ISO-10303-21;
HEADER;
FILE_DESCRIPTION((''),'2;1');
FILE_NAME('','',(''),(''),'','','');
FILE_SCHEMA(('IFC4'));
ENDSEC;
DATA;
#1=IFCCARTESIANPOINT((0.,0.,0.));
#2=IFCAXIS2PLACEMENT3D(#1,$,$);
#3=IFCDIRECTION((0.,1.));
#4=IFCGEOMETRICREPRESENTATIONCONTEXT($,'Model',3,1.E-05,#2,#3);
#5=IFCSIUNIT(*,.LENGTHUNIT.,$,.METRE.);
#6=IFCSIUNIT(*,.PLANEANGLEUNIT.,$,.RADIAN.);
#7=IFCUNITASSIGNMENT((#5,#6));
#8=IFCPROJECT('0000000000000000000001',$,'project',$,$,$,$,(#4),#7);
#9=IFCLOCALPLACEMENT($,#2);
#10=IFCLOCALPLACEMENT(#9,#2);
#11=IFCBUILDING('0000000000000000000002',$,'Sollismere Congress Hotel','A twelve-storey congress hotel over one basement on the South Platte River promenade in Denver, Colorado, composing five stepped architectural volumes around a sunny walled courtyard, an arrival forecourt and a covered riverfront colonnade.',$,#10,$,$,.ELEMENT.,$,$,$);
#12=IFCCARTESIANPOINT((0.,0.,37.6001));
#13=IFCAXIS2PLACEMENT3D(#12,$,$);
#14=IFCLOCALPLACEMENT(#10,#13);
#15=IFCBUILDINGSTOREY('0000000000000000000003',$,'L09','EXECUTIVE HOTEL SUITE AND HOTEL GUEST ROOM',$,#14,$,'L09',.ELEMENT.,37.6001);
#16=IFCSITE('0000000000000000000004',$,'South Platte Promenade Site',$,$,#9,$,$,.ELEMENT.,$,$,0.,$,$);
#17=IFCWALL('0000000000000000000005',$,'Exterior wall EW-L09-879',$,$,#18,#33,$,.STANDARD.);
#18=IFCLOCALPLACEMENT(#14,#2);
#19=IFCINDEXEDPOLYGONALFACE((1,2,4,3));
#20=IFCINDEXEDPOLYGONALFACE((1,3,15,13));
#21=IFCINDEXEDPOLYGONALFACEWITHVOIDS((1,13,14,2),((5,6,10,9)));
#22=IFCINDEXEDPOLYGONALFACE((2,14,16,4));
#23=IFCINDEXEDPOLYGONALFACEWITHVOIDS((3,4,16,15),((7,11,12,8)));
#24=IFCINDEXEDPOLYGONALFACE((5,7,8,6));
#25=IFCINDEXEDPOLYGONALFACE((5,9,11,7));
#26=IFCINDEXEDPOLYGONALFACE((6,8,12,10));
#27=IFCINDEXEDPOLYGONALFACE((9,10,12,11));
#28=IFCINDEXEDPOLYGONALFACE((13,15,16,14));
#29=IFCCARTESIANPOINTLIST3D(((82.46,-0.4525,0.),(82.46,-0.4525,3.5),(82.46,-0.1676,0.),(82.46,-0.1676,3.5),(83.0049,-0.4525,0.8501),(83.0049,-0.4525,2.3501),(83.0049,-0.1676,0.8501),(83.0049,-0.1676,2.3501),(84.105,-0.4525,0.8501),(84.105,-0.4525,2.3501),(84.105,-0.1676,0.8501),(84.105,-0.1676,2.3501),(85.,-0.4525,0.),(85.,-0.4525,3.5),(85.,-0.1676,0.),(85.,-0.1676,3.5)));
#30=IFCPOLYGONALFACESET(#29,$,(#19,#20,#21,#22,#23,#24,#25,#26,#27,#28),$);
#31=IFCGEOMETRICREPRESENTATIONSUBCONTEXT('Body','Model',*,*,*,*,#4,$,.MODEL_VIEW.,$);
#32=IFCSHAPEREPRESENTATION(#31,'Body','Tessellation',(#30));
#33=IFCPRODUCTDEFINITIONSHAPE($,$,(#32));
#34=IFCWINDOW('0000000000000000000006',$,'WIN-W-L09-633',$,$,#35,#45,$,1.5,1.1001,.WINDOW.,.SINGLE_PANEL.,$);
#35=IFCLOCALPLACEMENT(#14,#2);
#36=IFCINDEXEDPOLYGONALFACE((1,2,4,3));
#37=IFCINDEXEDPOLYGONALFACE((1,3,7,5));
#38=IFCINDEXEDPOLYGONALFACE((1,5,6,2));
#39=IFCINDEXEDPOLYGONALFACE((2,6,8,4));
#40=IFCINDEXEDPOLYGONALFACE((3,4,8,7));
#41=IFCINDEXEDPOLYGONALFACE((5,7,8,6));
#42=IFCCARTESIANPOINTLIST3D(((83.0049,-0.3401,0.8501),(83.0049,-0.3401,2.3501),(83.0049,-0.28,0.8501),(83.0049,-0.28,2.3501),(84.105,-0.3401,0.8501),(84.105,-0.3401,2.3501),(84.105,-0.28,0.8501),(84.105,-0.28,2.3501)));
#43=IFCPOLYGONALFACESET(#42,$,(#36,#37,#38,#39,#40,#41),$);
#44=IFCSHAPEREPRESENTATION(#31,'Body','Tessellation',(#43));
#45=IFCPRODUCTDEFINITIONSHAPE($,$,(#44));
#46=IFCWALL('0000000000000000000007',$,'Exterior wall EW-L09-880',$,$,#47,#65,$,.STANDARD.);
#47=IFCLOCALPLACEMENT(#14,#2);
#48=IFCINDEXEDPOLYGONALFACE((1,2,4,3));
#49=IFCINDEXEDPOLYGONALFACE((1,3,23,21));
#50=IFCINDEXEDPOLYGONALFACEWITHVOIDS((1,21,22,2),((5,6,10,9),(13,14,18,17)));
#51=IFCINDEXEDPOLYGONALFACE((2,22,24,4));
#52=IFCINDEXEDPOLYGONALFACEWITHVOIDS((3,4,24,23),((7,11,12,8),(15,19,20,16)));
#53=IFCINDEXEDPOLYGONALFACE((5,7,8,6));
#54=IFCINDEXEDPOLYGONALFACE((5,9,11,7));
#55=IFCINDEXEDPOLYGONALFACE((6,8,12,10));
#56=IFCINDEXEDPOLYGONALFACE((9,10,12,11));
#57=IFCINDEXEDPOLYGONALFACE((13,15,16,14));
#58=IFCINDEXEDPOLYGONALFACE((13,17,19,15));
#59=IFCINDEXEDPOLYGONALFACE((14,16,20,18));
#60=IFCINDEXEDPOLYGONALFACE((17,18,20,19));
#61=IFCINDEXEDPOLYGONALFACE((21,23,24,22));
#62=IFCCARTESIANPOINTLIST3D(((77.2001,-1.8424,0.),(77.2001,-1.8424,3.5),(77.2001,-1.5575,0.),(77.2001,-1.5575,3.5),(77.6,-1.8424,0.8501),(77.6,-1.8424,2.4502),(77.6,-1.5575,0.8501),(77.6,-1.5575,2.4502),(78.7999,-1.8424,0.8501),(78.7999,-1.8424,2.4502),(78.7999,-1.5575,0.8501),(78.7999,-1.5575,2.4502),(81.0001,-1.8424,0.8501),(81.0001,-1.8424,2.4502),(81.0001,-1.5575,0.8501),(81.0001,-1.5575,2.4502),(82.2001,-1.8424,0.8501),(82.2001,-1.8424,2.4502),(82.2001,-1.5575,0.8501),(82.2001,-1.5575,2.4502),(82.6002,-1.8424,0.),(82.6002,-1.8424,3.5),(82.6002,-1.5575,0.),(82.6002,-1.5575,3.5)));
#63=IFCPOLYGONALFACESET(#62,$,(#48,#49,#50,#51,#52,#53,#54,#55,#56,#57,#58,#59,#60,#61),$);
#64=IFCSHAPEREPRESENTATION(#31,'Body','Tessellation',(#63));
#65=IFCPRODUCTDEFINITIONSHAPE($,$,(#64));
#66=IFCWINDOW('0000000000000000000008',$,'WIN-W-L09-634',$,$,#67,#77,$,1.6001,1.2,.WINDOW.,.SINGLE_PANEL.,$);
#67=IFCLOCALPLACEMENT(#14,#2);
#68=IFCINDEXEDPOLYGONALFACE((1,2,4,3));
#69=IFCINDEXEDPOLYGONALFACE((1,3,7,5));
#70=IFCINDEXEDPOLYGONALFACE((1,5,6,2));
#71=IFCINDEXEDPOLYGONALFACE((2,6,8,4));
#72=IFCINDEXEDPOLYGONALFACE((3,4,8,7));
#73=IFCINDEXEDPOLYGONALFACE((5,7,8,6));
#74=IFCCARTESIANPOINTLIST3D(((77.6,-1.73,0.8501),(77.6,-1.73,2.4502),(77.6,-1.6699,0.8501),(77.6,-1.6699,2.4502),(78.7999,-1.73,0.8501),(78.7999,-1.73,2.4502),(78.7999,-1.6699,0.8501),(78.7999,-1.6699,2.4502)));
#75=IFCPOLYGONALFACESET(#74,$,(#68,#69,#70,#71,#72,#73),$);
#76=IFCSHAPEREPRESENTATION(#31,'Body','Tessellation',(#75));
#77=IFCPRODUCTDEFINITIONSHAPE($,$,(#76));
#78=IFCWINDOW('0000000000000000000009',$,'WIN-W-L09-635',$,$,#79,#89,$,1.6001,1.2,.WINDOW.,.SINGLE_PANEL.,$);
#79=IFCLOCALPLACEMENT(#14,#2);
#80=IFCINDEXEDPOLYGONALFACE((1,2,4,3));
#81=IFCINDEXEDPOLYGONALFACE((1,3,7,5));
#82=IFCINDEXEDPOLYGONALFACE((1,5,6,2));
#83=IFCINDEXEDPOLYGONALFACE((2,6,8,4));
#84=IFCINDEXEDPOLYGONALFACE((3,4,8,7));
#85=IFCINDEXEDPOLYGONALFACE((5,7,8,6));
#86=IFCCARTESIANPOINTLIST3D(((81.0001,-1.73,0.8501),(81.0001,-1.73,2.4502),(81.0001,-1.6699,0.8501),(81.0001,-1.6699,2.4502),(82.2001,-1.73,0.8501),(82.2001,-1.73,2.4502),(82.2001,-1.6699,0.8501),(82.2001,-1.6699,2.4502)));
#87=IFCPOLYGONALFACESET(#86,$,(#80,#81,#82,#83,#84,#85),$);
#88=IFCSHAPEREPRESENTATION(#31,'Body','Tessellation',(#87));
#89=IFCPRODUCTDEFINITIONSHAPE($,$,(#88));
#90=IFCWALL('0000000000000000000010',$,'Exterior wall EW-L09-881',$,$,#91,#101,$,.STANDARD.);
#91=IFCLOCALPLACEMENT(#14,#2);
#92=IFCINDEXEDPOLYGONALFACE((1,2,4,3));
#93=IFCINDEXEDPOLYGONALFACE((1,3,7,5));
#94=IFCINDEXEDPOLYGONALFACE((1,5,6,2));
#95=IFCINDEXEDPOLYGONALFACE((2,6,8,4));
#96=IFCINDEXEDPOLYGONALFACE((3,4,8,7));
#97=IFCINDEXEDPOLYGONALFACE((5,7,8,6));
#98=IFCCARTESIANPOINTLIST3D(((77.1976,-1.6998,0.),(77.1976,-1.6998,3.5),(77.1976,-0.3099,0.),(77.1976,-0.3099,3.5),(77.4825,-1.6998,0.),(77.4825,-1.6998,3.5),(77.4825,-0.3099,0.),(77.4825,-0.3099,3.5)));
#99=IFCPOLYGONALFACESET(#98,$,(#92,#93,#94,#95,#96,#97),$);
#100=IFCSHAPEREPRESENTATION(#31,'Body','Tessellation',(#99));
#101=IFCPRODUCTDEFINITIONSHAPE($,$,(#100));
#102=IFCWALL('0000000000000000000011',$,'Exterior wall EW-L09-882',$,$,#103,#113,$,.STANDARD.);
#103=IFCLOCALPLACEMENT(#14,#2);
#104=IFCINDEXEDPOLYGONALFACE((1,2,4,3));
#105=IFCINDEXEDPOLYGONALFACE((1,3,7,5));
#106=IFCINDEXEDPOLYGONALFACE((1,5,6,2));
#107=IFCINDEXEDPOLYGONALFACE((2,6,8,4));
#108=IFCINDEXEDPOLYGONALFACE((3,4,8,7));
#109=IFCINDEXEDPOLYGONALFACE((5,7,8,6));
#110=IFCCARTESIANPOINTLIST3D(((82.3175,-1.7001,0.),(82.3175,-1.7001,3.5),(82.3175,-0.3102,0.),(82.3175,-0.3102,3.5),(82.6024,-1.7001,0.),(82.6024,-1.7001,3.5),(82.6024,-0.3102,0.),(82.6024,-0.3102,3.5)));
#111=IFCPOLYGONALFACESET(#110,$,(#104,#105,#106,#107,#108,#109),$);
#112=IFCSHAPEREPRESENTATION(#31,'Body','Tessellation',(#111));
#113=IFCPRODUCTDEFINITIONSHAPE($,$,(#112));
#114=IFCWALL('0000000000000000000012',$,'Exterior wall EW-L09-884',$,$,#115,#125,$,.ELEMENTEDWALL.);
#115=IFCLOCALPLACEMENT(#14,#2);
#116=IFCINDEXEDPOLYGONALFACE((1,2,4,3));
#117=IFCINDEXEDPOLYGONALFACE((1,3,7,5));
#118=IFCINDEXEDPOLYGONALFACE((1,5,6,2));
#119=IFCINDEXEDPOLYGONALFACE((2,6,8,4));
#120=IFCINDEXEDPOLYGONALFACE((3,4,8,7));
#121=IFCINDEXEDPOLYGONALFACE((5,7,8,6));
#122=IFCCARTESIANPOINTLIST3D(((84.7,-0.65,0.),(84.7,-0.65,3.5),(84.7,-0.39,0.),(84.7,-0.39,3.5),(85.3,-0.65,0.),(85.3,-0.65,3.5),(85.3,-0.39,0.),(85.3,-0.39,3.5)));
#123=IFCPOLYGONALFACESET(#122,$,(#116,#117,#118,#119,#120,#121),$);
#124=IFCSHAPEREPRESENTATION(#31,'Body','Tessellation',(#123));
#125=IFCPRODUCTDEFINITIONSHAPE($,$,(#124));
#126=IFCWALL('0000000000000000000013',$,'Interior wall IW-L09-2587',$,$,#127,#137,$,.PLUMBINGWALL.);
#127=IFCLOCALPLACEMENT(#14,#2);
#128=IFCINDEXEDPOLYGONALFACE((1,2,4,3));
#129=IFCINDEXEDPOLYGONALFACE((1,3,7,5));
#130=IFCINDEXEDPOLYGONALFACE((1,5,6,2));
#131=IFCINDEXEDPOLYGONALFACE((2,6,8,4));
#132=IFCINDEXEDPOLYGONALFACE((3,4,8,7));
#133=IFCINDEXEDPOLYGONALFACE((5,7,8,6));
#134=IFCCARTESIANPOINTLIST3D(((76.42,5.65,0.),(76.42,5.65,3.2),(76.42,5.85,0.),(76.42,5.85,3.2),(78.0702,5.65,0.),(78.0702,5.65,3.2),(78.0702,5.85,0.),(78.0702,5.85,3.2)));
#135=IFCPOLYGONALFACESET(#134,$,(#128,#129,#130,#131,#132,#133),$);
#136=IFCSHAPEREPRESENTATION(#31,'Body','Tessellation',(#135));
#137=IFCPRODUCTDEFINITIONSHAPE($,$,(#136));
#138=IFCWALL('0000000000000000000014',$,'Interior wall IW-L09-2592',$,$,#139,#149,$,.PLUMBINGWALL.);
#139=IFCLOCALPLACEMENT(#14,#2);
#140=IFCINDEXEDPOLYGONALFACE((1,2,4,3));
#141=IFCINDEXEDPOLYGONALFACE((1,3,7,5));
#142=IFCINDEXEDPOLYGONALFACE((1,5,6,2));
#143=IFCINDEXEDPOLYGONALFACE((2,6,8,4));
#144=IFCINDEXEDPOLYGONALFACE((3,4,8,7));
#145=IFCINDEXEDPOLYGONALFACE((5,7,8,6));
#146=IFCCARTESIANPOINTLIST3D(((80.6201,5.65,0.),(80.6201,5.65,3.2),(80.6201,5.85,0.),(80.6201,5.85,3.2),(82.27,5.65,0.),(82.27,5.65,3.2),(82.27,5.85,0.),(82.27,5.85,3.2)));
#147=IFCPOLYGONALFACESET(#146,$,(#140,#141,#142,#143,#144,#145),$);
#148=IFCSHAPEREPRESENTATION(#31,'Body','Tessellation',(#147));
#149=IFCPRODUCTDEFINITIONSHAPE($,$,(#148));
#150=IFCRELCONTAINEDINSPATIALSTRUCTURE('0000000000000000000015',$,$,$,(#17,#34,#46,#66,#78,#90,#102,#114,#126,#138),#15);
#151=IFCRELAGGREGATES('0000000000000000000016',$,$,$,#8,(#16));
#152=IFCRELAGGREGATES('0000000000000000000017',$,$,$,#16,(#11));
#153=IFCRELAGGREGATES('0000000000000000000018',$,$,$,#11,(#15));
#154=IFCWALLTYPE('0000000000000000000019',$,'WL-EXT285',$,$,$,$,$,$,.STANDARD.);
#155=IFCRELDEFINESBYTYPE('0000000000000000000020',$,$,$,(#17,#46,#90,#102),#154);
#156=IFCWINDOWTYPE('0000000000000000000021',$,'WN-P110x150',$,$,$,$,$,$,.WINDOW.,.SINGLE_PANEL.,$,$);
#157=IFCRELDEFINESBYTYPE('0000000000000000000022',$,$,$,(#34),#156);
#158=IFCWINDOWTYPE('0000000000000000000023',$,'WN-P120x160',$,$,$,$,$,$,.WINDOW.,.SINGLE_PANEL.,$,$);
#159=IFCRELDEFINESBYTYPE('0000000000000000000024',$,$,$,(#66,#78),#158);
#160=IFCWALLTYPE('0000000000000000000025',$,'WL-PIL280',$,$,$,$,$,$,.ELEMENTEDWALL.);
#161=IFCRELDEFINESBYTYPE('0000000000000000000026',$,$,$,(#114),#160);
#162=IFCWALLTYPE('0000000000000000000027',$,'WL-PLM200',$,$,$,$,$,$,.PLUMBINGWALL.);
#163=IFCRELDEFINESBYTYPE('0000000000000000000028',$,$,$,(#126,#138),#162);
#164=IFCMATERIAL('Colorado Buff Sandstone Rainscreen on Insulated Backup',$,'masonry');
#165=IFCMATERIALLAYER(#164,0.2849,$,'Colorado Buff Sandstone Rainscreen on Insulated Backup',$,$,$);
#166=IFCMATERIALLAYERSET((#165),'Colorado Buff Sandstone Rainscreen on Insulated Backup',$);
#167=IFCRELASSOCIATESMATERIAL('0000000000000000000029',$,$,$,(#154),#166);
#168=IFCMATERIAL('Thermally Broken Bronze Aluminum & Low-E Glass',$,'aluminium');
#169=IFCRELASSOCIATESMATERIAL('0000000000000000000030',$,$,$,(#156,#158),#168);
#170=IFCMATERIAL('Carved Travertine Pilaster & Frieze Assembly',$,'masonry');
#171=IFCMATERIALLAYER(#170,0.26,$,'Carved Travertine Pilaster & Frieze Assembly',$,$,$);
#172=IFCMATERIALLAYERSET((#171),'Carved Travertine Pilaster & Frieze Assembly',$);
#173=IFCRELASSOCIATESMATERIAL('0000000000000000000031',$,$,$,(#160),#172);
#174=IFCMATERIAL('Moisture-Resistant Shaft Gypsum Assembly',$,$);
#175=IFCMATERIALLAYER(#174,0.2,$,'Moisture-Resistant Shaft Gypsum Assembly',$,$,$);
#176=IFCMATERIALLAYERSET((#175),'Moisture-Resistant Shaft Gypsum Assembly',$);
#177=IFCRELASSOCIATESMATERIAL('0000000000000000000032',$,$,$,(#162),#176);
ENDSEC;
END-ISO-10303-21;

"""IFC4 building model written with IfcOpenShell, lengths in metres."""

from ifc_helpers import new_model, si_unit, direction, frame, frame_2d, origin, place, context, subcontext, project, spatial, rectangle, extrude, material, layer, layer_set, type_object, element, fill, save


model = new_model("IFC4")

# Units and contexts
model_context = context("Model", 3, precision=1e-05, world=origin(), true_north=direction((0.0, 1.0)))
body_context = subcontext(model_context, "Body", "Model", "MODEL_VIEW")
ifc_project = project(units=[si_unit("LENGTHUNIT", "METRE"), si_unit("PLANEANGLEUNIT", "RADIAN")], contexts=[model_context])

# Site, building, storey
site_placement = place(None, origin())
site = spatial("IfcSite", under=ifc_project, at=site_placement, Name="South Platte Promenade Site", CompositionType="ELEMENT", RefElevation=0.0)
building_placement = place(site_placement, origin())
building = spatial("IfcBuilding", under=site, at=building_placement, Name="Sollismere Congress Hotel", Description="A twelve-storey congress hotel over one basement on the South Platte River promenade in Denver, Colorado, composing five stepped architectural volumes around a sunny walled courtyard, an arrival forecourt and a covered riverfront colonnade.", CompositionType="ELEMENT")
storey_placement = place(building_placement, frame((0.0, 0.0, 37.6001)))
storey = spatial("IfcBuildingStorey", under=building, at=storey_placement, Name="L09", Description="EXECUTIVE HOTEL SUITE AND HOTEL GUEST ROOM", LongName="L09", CompositionType="ELEMENT", Elevation=37.6001)

# Wall, opening, window
ifc_material_1 = material(Name="Colorado Buff Sandstone Rainscreen on Insulated Backup", Category="masonry")
ifc_layer_1 = layer(ifc_material_1, 0.2849, Name="Colorado Buff Sandstone Rainscreen on Insulated Backup")
ifc_layer_set_1 = layer_set([ifc_layer_1], Name="Colorado Buff Sandstone Rainscreen on Insulated Backup")
wall_type_1 = type_object("IfcWallType", Name="WL-EXT285", PredefinedType="STANDARD", material=ifc_layer_set_1)
wall_1_placement = place(storey_placement, frame((82.46, -0.3101, 0.0), z_axis=(0.0, 0.0, 1.0), x_axis=(1.0, 0.0, 0.0)))
wall_1 = element("IfcWall", 1, at=wall_1_placement, inside=storey, type_object=wall_type_1, Name="Exterior wall EW-L09-879", PredefinedType="STANDARD", context=body_context, shape_type="SweptSolid", body=[
    extrude(rectangle(XDim=2.54, YDim=0.2849, at=frame_2d((1.27, 0.0))), origin(), (0.0, 0.0, 1.0), 3.5),
])
opening_1_placement = place(wall_1_placement, frame((0.5449, 0.0, 0.8501)))
opening_1 = element("IfcOpeningElement", 2, at=opening_1_placement, cuts=wall_1, PredefinedType="OPENING", context=body_context, shape_type="SweptSolid", body=[
    extrude(rectangle(XDim=1.1001, YDim=1.5, at=frame_2d((0.55, 0.75))), frame((0.0, 0.1523, 0.0), z_axis=(0.0, -1.0, 0.0), x_axis=(1.0, 0.0, 0.0)), (0.0, 0.0, 1.0), 0.3049),
])
ifc_material_2 = material(Name="Thermally Broken Bronze Aluminum & Low-E Glass", Category="aluminium")
window_type_1 = type_object("IfcWindowType", Name="WN-P110x150", PartitioningType="SINGLE_PANEL", PredefinedType="WINDOW", material=ifc_material_2)
window_1_placement = place(opening_1_placement, origin())
window_1 = element("IfcWindow", 3, at=window_1_placement, inside=storey, type_object=window_type_1, Name="WIN-W-L09-633", OverallHeight=1.5, OverallWidth=1.1001, PartitioningType="SINGLE_PANEL", PredefinedType="WINDOW", context=body_context, shape_type="SweptSolid", body=[
    extrude(rectangle(XDim=1.1001, YDim=1.5, at=frame_2d((0.55, 0.75))), frame((0.0, 0.03, 0.0), z_axis=(0.0, -1.0, 0.0), x_axis=(1.0, 0.0, 0.0)), (0.0, 0.0, 1.0), 0.0601),
])
fill(opening_1, window_1)

# Wall, openings, windows
wall_2_placement = place(storey_placement, frame((77.2, -1.7, 0.0), z_axis=(0.0, 0.0, 1.0), x_axis=(1.0, 0.0, 0.0)))
wall_2 = element("IfcWall", 4, at=wall_2_placement, inside=storey, type_object=wall_type_1, Name="Exterior wall EW-L09-880", PredefinedType="STANDARD", context=body_context, shape_type="SweptSolid", body=[
    extrude(rectangle(XDim=5.4001, YDim=0.2849, at=frame_2d((2.7002, 0.0))), origin(), (0.0, 0.0, 1.0), 3.5),
])
opening_2_placement = place(wall_2_placement, frame((0.3999, 0.0, 0.8501)))
opening_2 = element("IfcOpeningElement", 5, at=opening_2_placement, cuts=wall_2, PredefinedType="OPENING", context=body_context, shape_type="SweptSolid", body=[
    extrude(rectangle(XDim=1.2, YDim=1.6001, at=frame_2d((0.6001, 0.8))), frame((0.0, 0.1523, 0.0), z_axis=(0.0, -1.0, 0.0), x_axis=(1.0, 0.0, 0.0)), (0.0, 0.0, 1.0), 0.3049),
])
opening_3_placement = place(wall_2_placement, frame((3.8, 0.0, 0.8501)))
opening_3 = element("IfcOpeningElement", 6, at=opening_3_placement, cuts=wall_2, PredefinedType="OPENING", context=body_context, shape_type="SweptSolid", body=[
    extrude(rectangle(XDim=1.2, YDim=1.6001, at=frame_2d((0.6001, 0.8))), frame((0.0, 0.1523, 0.0), z_axis=(0.0, -1.0, 0.0), x_axis=(1.0, 0.0, 0.0)), (0.0, 0.0, 1.0), 0.3049),
])
window_type_2 = type_object("IfcWindowType", Name="WN-P120x160", PartitioningType="SINGLE_PANEL", PredefinedType="WINDOW", material=ifc_material_2)
window_2_placement = place(opening_2_placement, origin())
window_2 = element("IfcWindow", 7, at=window_2_placement, inside=storey, type_object=window_type_2, Name="WIN-W-L09-634", OverallHeight=1.6001, OverallWidth=1.2, PartitioningType="SINGLE_PANEL", PredefinedType="WINDOW", context=body_context, shape_type="SweptSolid", body=[
    extrude(rectangle(XDim=1.2, YDim=1.6001, at=frame_2d((0.6001, 0.8))), frame((0.0, 0.03, 0.0), z_axis=(0.0, -1.0, 0.0), x_axis=(1.0, 0.0, 0.0)), (0.0, 0.0, 1.0), 0.0601),
])
fill(opening_2, window_2)
window_3_placement = place(opening_3_placement, origin())
window_3 = element("IfcWindow", 8, at=window_3_placement, inside=storey, type_object=window_type_2, Name="WIN-W-L09-635", OverallHeight=1.6001, OverallWidth=1.2, PartitioningType="SINGLE_PANEL", PredefinedType="WINDOW", context=body_context, shape_type="SweptSolid", body=[
    extrude(rectangle(XDim=1.2, YDim=1.6001, at=frame_2d((0.6001, 0.8))), frame((0.0, 0.03, 0.0), z_axis=(0.0, -1.0, 0.0), x_axis=(1.0, 0.0, 0.0)), (0.0, 0.0, 1.0), 0.0601),
])
fill(opening_3, window_3)

# Walls
for number, where, z_axis, x_axis, name in (
    (9, (77.3401, -0.3101, 0.0), (0.0, 0.0, 1.0), (0.0, -1.0, 0.0), "Exterior wall EW-L09-881"),
    (10, (82.46, -1.7, 0.0), (0.0, 0.0, 1.0), (0.0, 1.0, 0.0), "Exterior wall EW-L09-882"),
):
    element("IfcWall", number, at=place(storey_placement, frame(where, z_axis=z_axis, x_axis=x_axis)), inside=storey, type_object=wall_type_1, Name=name, PredefinedType="STANDARD", context=body_context, shape_type="SweptSolid", body=[
        extrude(rectangle(XDim=1.3899, YDim=0.2849, at=frame_2d((0.6948, 0.0))), origin(), (0.0, 0.0, 1.0), 3.5),
    ])
ifc_material_3 = material(Name="Carved Travertine Pilaster & Frieze Assembly", Category="masonry")
ifc_layer_2 = layer(ifc_material_3, 0.26, Name="Carved Travertine Pilaster & Frieze Assembly")
ifc_layer_set_2 = layer_set([ifc_layer_2], Name="Carved Travertine Pilaster & Frieze Assembly")
wall_type_2 = type_object("IfcWallType", Name="WL-PIL280", PredefinedType="ELEMENTEDWALL", material=ifc_layer_set_2)
wall_3_placement = place(storey_placement, frame((84.7, -0.52, 0.0), z_axis=(0.0, 0.0, 1.0), x_axis=(1.0, 0.0, 0.0)))
element("IfcWall", 11, at=wall_3_placement, inside=storey, type_object=wall_type_2, Name="Exterior wall EW-L09-884", PredefinedType="ELEMENTEDWALL", context=body_context, shape_type="SweptSolid", body=[
    extrude(rectangle(XDim=0.6001, YDim=0.26, at=frame_2d((0.3, 0.0))), origin(), (0.0, 0.0, 1.0), 3.5),
])
ifc_material_4 = material(Name="Moisture-Resistant Shaft Gypsum Assembly")
ifc_layer_3 = layer(ifc_material_4, 0.2, Name="Moisture-Resistant Shaft Gypsum Assembly")
ifc_layer_set_3 = layer_set([ifc_layer_3], Name="Moisture-Resistant Shaft Gypsum Assembly")
wall_type_3 = type_object("IfcWallType", Name="WL-PLM200", PredefinedType="PLUMBINGWALL", material=ifc_layer_set_3)
wall_4_placement = place(storey_placement, frame((76.4199, 5.75, 0.0), z_axis=(0.0, 0.0, 1.0), x_axis=(1.0, 0.0, 0.0)))
element("IfcWall", 12, at=wall_4_placement, inside=storey, type_object=wall_type_3, Name="Interior wall IW-L09-2587", PredefinedType="PLUMBINGWALL", context=body_context, shape_type="SweptSolid", body=[
    extrude(rectangle(XDim=1.6501, YDim=0.2, at=frame_2d((0.8252, 0.0))), origin(), (0.0, 0.0, 1.0), 3.2),
])
wall_5_placement = place(storey_placement, frame((80.6201, 5.75, 0.0), z_axis=(0.0, 0.0, 1.0), x_axis=(1.0, 0.0, 0.0)))
element("IfcWall", 13, at=wall_5_placement, inside=storey, type_object=wall_type_3, Name="Interior wall IW-L09-2592", PredefinedType="PLUMBINGWALL", context=body_context, shape_type="SweptSolid", body=[
    extrude(rectangle(XDim=1.6499, YDim=0.2, at=frame_2d((0.825, 0.0))), origin(), (0.0, 0.0, 1.0), 3.2),
])

save(model, "model.ifc")
